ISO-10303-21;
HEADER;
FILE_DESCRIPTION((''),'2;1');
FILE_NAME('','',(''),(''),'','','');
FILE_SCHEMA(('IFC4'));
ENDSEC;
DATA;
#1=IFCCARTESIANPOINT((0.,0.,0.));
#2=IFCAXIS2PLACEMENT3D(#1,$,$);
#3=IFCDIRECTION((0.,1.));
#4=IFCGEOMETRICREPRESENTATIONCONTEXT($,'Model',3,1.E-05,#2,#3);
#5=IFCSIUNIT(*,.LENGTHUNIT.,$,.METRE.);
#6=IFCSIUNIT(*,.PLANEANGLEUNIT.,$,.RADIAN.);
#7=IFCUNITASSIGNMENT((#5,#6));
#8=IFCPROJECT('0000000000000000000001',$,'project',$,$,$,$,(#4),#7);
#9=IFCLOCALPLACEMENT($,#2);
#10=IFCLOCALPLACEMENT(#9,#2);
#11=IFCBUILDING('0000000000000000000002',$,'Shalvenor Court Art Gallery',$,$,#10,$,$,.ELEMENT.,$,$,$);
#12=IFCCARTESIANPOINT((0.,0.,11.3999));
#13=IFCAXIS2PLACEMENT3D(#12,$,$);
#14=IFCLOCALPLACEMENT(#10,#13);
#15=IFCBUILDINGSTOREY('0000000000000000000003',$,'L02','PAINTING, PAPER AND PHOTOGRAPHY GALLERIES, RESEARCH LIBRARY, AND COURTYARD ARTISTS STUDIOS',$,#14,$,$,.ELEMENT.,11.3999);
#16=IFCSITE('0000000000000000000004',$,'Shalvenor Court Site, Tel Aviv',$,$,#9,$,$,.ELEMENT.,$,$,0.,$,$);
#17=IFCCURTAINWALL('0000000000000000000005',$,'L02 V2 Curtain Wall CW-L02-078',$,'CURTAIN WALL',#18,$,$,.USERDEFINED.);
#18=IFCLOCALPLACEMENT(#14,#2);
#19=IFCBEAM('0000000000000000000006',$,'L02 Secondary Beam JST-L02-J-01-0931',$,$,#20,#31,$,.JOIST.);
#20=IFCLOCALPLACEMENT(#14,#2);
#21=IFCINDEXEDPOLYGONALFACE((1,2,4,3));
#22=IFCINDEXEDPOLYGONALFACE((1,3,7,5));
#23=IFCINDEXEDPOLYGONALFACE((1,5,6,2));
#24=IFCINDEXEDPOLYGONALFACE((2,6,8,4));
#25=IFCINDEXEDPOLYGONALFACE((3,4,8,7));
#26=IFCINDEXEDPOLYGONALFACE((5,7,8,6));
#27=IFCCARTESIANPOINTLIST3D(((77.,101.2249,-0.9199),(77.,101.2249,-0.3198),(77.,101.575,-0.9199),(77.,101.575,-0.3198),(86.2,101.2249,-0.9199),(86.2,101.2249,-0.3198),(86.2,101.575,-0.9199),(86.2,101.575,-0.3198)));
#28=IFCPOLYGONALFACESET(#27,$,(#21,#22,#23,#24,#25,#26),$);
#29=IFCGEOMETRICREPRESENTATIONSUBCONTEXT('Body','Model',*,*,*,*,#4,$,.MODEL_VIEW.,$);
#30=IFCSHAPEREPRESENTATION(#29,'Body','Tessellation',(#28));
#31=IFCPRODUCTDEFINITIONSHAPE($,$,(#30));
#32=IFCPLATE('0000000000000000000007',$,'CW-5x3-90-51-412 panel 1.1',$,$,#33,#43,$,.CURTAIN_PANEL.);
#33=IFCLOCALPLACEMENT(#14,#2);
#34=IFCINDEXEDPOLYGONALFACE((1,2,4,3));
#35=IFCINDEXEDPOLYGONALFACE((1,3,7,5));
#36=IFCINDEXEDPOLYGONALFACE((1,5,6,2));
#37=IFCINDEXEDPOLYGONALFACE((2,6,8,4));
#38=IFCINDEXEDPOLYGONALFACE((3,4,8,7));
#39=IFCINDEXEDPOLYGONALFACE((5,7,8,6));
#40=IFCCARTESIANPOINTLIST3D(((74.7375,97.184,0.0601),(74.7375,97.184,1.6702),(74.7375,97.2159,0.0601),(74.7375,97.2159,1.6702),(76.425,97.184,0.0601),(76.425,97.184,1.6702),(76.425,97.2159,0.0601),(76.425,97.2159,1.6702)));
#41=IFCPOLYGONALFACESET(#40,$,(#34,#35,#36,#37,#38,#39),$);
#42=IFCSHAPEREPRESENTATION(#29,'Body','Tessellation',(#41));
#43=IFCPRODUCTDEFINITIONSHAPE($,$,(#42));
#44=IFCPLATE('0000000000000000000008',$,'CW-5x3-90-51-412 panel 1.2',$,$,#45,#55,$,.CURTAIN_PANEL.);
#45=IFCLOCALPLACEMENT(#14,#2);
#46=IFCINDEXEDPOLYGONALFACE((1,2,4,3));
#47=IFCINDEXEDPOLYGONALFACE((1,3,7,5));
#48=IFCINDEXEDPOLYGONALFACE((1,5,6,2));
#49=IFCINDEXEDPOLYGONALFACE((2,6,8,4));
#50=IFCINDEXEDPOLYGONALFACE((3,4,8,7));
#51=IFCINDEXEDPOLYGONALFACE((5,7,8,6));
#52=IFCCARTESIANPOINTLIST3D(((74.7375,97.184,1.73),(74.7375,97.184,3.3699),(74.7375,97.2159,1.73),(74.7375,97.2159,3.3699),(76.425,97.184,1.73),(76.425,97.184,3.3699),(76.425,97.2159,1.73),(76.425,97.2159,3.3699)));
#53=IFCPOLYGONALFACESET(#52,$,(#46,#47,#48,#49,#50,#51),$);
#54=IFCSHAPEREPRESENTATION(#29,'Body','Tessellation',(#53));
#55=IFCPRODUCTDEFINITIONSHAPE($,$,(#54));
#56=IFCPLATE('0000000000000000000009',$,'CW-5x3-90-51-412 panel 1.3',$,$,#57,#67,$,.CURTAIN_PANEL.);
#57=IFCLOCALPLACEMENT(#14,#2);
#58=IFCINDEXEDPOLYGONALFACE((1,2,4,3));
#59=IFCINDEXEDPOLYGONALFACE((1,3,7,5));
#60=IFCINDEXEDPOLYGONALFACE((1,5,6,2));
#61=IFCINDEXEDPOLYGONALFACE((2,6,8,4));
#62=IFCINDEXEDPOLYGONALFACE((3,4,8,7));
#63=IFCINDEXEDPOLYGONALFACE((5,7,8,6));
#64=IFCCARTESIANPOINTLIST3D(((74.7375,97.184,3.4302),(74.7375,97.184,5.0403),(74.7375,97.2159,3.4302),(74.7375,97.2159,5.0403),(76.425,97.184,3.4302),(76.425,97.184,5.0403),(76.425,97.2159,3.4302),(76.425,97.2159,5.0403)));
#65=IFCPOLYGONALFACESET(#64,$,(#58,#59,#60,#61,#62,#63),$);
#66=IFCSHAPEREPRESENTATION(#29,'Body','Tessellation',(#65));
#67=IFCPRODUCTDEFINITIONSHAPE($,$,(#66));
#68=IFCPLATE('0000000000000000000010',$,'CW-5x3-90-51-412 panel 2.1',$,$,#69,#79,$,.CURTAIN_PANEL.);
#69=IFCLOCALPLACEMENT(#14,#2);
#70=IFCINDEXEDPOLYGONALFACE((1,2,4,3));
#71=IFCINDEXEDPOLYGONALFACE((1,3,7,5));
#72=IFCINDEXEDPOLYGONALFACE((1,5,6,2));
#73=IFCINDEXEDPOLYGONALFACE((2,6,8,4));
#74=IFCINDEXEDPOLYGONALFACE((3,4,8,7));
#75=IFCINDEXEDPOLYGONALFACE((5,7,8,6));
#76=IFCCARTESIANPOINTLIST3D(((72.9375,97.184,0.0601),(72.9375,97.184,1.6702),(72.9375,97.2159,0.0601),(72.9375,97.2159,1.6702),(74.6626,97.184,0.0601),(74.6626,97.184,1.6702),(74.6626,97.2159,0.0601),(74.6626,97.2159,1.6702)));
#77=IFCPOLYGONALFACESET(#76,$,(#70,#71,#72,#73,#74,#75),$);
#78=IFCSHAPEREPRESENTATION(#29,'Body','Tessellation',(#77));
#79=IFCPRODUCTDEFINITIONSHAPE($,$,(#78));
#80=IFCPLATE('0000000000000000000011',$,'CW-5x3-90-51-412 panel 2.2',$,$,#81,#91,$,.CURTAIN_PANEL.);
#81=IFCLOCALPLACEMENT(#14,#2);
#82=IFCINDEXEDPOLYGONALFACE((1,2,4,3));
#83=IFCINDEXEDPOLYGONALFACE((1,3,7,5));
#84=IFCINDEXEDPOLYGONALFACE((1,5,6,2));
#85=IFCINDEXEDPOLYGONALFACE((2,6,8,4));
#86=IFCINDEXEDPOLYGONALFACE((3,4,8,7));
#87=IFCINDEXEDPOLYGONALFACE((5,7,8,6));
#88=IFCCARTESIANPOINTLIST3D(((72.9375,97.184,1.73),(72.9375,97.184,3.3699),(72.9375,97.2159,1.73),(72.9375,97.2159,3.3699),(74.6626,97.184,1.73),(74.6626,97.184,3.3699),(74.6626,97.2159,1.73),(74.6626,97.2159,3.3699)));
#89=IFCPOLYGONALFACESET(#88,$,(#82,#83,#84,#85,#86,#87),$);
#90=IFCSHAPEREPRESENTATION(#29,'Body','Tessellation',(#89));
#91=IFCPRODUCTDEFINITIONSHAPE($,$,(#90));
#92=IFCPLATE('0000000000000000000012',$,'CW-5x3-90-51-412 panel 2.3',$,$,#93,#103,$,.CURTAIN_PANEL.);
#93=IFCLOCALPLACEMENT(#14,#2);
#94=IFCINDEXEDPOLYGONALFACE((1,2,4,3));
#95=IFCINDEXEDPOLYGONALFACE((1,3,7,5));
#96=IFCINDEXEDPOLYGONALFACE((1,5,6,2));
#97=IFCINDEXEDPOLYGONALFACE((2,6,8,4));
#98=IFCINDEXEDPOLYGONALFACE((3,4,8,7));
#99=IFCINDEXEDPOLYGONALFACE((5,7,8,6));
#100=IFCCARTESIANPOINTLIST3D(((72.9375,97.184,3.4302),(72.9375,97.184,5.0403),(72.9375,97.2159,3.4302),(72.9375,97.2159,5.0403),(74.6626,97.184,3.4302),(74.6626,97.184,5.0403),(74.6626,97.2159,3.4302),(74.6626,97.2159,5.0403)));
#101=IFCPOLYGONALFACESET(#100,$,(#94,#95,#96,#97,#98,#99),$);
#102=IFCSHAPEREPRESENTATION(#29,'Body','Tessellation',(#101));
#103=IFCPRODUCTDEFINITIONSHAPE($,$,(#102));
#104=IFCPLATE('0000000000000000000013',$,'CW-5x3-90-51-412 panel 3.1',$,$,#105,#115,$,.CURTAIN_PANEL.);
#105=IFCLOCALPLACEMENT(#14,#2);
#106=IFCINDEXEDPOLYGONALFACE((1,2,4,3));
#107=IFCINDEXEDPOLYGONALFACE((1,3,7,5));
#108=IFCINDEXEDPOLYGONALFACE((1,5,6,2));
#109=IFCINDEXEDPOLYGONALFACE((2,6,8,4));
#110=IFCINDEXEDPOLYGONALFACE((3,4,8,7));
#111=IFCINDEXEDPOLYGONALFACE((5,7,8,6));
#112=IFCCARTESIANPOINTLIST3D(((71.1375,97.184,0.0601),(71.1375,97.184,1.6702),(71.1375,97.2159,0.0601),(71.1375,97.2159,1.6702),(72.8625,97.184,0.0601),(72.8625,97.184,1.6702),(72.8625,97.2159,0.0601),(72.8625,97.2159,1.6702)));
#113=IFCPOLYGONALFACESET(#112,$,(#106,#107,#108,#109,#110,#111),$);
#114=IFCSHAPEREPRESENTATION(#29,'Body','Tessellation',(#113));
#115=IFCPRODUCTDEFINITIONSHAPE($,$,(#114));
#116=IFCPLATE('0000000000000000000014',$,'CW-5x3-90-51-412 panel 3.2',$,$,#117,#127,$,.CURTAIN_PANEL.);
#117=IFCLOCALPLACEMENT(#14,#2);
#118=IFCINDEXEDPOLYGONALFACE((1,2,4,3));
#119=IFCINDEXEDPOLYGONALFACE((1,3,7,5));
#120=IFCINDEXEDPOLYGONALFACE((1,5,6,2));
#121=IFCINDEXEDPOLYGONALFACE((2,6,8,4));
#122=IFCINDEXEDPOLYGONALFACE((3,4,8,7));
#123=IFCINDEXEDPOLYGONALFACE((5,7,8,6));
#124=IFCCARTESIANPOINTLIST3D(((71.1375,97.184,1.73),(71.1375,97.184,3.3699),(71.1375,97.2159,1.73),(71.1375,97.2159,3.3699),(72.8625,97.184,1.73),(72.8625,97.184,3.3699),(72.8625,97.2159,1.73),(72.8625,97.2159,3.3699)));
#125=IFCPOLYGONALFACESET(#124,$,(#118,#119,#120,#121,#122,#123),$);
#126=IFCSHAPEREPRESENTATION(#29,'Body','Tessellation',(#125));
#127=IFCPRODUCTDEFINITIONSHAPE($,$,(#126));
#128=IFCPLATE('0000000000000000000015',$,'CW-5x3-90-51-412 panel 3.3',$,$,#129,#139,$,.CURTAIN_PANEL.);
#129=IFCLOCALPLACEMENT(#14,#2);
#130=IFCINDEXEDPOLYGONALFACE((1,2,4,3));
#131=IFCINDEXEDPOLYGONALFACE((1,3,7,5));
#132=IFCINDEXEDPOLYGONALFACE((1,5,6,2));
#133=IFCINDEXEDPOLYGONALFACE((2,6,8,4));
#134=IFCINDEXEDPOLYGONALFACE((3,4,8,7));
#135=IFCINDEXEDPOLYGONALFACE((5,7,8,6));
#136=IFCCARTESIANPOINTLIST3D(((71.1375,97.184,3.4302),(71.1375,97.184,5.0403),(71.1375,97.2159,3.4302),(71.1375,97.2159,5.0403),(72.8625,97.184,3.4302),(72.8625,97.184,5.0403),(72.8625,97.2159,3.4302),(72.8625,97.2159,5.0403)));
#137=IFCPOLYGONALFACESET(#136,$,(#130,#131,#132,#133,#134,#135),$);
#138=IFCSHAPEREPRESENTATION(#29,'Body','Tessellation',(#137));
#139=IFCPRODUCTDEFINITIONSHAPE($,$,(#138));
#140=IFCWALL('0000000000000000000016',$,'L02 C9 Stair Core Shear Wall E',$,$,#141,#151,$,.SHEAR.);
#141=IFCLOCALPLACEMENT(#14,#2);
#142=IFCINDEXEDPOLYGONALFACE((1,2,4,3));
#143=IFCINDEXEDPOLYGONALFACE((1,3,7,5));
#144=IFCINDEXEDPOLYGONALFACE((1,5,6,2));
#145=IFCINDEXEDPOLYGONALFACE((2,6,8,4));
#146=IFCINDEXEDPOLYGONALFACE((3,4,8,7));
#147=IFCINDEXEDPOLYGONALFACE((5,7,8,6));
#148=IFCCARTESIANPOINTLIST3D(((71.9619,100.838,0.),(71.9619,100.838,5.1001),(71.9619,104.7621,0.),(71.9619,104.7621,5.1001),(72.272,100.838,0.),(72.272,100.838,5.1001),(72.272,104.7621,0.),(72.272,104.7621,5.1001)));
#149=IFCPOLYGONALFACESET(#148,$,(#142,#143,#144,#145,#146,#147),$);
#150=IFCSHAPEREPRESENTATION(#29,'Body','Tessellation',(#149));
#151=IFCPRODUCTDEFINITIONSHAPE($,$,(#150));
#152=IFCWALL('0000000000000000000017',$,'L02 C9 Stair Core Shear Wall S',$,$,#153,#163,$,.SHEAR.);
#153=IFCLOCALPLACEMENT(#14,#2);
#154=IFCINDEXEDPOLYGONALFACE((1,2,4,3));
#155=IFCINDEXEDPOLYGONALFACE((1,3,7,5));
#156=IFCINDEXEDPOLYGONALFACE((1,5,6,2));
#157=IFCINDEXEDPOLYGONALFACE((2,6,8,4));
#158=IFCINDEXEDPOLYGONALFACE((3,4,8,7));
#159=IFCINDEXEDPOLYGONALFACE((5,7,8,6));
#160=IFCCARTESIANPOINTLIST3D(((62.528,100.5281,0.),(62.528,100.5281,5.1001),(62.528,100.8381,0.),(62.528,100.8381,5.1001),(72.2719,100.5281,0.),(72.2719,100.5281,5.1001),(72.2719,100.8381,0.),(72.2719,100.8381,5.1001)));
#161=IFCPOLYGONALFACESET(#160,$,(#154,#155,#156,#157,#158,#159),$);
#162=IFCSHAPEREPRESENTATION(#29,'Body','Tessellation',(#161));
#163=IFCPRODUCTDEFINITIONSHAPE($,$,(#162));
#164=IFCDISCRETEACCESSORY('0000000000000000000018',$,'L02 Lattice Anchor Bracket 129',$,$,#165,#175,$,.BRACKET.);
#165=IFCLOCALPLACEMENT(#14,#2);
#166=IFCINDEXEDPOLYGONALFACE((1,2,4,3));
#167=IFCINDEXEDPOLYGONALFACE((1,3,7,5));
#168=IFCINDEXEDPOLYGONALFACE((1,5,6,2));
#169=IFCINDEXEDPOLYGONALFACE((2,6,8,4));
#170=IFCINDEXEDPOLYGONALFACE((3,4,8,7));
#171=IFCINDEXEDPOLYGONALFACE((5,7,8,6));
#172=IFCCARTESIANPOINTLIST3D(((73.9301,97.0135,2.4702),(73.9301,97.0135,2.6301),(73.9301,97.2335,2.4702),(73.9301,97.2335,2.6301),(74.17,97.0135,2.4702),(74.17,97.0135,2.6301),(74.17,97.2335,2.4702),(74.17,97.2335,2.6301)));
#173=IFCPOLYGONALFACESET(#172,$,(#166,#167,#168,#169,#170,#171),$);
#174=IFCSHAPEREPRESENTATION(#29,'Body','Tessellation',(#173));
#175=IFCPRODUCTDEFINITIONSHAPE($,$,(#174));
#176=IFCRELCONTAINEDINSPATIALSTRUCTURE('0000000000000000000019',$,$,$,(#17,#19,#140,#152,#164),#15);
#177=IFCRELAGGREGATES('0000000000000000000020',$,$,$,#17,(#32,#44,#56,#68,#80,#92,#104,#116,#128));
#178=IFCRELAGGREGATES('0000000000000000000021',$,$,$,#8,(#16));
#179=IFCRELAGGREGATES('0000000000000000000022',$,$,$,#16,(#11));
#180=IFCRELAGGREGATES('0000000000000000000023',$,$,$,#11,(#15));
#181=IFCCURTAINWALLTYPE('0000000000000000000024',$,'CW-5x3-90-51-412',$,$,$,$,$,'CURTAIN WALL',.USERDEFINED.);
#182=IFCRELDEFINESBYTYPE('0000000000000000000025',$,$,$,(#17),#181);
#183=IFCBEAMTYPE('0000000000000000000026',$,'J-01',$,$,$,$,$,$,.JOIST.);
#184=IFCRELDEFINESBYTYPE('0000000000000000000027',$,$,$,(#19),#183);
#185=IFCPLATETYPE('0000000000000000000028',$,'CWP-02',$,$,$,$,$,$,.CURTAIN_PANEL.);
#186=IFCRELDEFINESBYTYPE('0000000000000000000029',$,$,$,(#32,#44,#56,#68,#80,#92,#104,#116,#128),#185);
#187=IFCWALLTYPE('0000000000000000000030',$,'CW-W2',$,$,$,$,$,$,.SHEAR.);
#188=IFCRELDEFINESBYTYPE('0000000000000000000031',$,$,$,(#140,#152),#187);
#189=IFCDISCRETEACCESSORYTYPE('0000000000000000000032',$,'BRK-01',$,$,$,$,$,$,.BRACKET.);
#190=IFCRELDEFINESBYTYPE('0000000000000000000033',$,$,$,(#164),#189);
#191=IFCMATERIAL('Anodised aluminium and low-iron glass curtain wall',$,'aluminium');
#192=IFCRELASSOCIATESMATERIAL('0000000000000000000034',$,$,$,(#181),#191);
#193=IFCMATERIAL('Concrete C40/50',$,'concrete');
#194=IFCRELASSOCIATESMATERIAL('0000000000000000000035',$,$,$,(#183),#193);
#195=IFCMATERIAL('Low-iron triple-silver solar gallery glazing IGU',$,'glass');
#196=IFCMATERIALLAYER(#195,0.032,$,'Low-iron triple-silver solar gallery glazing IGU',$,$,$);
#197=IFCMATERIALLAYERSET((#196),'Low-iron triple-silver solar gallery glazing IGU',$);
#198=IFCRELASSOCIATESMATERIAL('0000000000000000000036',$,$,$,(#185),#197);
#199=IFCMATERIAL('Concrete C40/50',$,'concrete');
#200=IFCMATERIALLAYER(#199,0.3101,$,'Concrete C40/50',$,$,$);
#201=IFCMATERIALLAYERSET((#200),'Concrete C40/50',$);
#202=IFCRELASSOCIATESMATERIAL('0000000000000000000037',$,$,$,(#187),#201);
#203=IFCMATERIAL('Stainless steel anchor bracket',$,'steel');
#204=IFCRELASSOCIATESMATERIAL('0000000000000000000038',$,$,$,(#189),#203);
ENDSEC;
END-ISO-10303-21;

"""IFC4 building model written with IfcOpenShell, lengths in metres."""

from ifc_helpers import new_model, si_unit, direction, frame, frame_2d, origin, origin_2d, place, context, subcontext, project, spatial, rectangle, extrude, material, layer, layer_set, material_profile, profile_set, type_object, element, aggregate, save


model = new_model("IFC4")

# Units and contexts
model_context = context("Model", 3, precision=1e-05, world=origin(), true_north=direction((0.0, 1.0)))
body_context = subcontext(model_context, "Body", "Model", "MODEL_VIEW")
ifc_project = project(units=[si_unit("LENGTHUNIT", "METRE"), si_unit("PLANEANGLEUNIT", "RADIAN")], contexts=[model_context])

# Site, building, storey
site_placement = place(None, origin())
site = spatial("IfcSite", under=ifc_project, at=site_placement, Name="Shalvenor Court Site, Tel Aviv", CompositionType="ELEMENT", RefElevation=0.0)
building_placement = place(site_placement, origin())
building = spatial("IfcBuilding", under=site, at=building_placement, Name="Shalvenor Court Art Gallery", CompositionType="ELEMENT")
storey_placement = place(building_placement, frame((0.0, 0.0, 11.3999)))
storey = spatial("IfcBuildingStorey", under=building, at=storey_placement, Name="L02", Description="PAINTING, PAPER AND PHOTOGRAPHY GALLERIES, RESEARCH LIBRARY, AND COURTYARD ARTISTS STUDIOS", CompositionType="ELEMENT", Elevation=11.3999)

# Curtain wall
ifc_material_1 = material(Name="Anodised aluminium and low-iron glass curtain wall", Category="aluminium")
curtain_wall_type = type_object("IfcCurtainWallType", Name="CW-5x3-90-51-412", ElementType="CURTAIN WALL", PredefinedType="USERDEFINED", material=ifc_material_1)
curtain_wall_placement = place(storey_placement, origin())
curtain_wall = element("IfcCurtainWall", 1, at=curtain_wall_placement, inside=storey, type_object=curtain_wall_type, Name="L02 V2 Curtain Wall CW-L02-078", ObjectType="CURTAIN WALL", PredefinedType="USERDEFINED")

# Beam
ifc_material_2 = material(Name="Concrete C40/50", Category="concrete")
ifc_material_profile_1 = material_profile(ifc_material_2, rectangle(XDim=0.3501, YDim=0.6001, at=origin_2d()), Name="RC 350x600")
ifc_profile_set_1 = profile_set([ifc_material_profile_1], Name="Concrete C40/50")
beam_type_1 = type_object("IfcBeamType", Name="J-01", PredefinedType="JOIST", material=ifc_profile_set_1)
beam_1_placement = place(storey_placement, frame((77.0, 101.3999, -0.6199), z_axis=(1.0, 0.0, 0.0), x_axis=(0.0, 1.0, 0.0)))
element("IfcBeam", 2, at=beam_1_placement, inside=storey, type_object=beam_type_1, Name="L02 Secondary Beam JST-L02-J-01-0931", PredefinedType="JOIST", context=body_context, shape_type="SweptSolid", body=[
    extrude(rectangle(XDim=0.3501, YDim=0.6001, at=origin_2d()), origin(), (0.0, 0.0, 1.0), 9.2),
])

# Plates
ifc_material_3 = material(Name="Low-iron triple-silver solar gallery glazing IGU", Category="glass")
ifc_layer_1 = layer(ifc_material_3, 0.032, Name="Low-iron triple-silver solar gallery glazing IGU")
ifc_layer_set_1 = layer_set([ifc_layer_1], Name="Low-iron triple-silver solar gallery glazing IGU")
plate_type = type_object("IfcPlateType", Name="CWP-02", PredefinedType="CURTAIN_PANEL", material=ifc_layer_set_1)
plate_1_placement = place(storey_placement, frame((75.5813, 97.2, 0.0601), z_axis=(0.0, 0.0, 1.0), x_axis=(-1.0, 0.0, 0.0)))
plate_1 = element("IfcPlate", 3, at=plate_1_placement, type_object=plate_type, Name="CW-5x3-90-51-412 panel 1.1", PredefinedType="CURTAIN_PANEL", context=body_context, shape_type="SweptSolid", body=[
    extrude(rectangle(XDim=1.6875, YDim=0.032, at=origin_2d()), origin(), (0.0, 0.0, 1.0), 1.6101),
])
plate_2_placement = place(storey_placement, frame((75.5813, 97.2, 1.73), z_axis=(0.0, 0.0, 1.0), x_axis=(-1.0, 0.0, 0.0)))
plate_2 = element("IfcPlate", 4, at=plate_2_placement, type_object=plate_type, Name="CW-5x3-90-51-412 panel 1.2", PredefinedType="CURTAIN_PANEL", context=body_context, shape_type="SweptSolid", body=[
    extrude(rectangle(XDim=1.6875, YDim=0.032, at=origin_2d()), origin(), (0.0, 0.0, 1.0), 1.6399),
])
plate_3_placement = place(storey_placement, frame((75.5813, 97.2, 3.4302), z_axis=(0.0, 0.0, 1.0), x_axis=(-1.0, 0.0, 0.0)))
plate_3 = element("IfcPlate", 5, at=plate_3_placement, type_object=plate_type, Name="CW-5x3-90-51-412 panel 1.3", PredefinedType="CURTAIN_PANEL", context=body_context, shape_type="SweptSolid", body=[
    extrude(rectangle(XDim=1.6875, YDim=0.032, at=origin_2d()), origin(), (0.0, 0.0, 1.0), 1.6101),
])
plate_4_placement = place(storey_placement, frame((73.8, 97.2, 0.0601), z_axis=(0.0, 0.0, 1.0), x_axis=(-1.0, 0.0, 0.0)))
plate_4 = element("IfcPlate", 6, at=plate_4_placement, type_object=plate_type, Name="CW-5x3-90-51-412 panel 2.1", PredefinedType="CURTAIN_PANEL", context=body_context, shape_type="SweptSolid", body=[
    extrude(rectangle(XDim=1.7251, YDim=0.032, at=origin_2d()), origin(), (0.0, 0.0, 1.0), 1.6101),
])
plate_5_placement = place(storey_placement, frame((73.8, 97.2, 1.73), z_axis=(0.0, 0.0, 1.0), x_axis=(-1.0, 0.0, 0.0)))
plate_5 = element("IfcPlate", 7, at=plate_5_placement, type_object=plate_type, Name="CW-5x3-90-51-412 panel 2.2", PredefinedType="CURTAIN_PANEL", context=body_context, shape_type="SweptSolid", body=[
    extrude(rectangle(XDim=1.7251, YDim=0.032, at=origin_2d()), origin(), (0.0, 0.0, 1.0), 1.6399),
])
plate_6_placement = place(storey_placement, frame((73.8, 97.2, 3.4302), z_axis=(0.0, 0.0, 1.0), x_axis=(-1.0, 0.0, 0.0)))
plate_6 = element("IfcPlate", 8, at=plate_6_placement, type_object=plate_type, Name="CW-5x3-90-51-412 panel 2.3", PredefinedType="CURTAIN_PANEL", context=body_context, shape_type="SweptSolid", body=[
    extrude(rectangle(XDim=1.7251, YDim=0.032, at=origin_2d()), origin(), (0.0, 0.0, 1.0), 1.6101),
])
plate_7_placement = place(storey_placement, frame((72.0, 97.2, 0.0601), z_axis=(0.0, 0.0, 1.0), x_axis=(-1.0, 0.0, 0.0)))
plate_7 = element("IfcPlate", 9, at=plate_7_placement, type_object=plate_type, Name="CW-5x3-90-51-412 panel 3.1", PredefinedType="CURTAIN_PANEL", context=body_context, shape_type="SweptSolid", body=[
    extrude(rectangle(XDim=1.7251, YDim=0.032, at=origin_2d()), origin(), (0.0, 0.0, 1.0), 1.6101),
])
plate_8_placement = place(storey_placement, frame((72.0, 97.2, 1.73), z_axis=(0.0, 0.0, 1.0), x_axis=(-1.0, 0.0, 0.0)))
plate_8 = element("IfcPlate", 10, at=plate_8_placement, type_object=plate_type, Name="CW-5x3-90-51-412 panel 3.2", PredefinedType="CURTAIN_PANEL", context=body_context, shape_type="SweptSolid", body=[
    extrude(rectangle(XDim=1.7251, YDim=0.032, at=origin_2d()), origin(), (0.0, 0.0, 1.0), 1.6399),
])
plate_9_placement = place(storey_placement, frame((72.0, 97.2, 3.4302), z_axis=(0.0, 0.0, 1.0), x_axis=(-1.0, 0.0, 0.0)))
plate_9 = element("IfcPlate", 11, at=plate_9_placement, type_object=plate_type, Name="CW-5x3-90-51-412 panel 3.3", PredefinedType="CURTAIN_PANEL", context=body_context, shape_type="SweptSolid", body=[
    extrude(rectangle(XDim=1.7251, YDim=0.032, at=origin_2d()), origin(), (0.0, 0.0, 1.0), 1.6101),
])
aggregate(curtain_wall, [plate_1, plate_2, plate_3, plate_4, plate_5, plate_6, plate_7, plate_8, plate_9])

# Walls
ifc_material_4 = material(Name="Concrete C40/50", Category="concrete")
ifc_layer_2 = layer(ifc_material_4, 0.3101, Name="Concrete C40/50")
ifc_layer_set_2 = layer_set([ifc_layer_2], Name="Concrete C40/50")
wall_type = type_object("IfcWallType", Name="CW-W2", PredefinedType="SHEAR", material=ifc_layer_set_2)
wall_1_placement = place(storey_placement, frame((72.1169, 104.762, 0.0), z_axis=(0.0, 0.0, 1.0), x_axis=(0.0, -1.0, 0.0)))
element("IfcWall", 12, at=wall_1_placement, inside=storey, type_object=wall_type, Name="L02 C9 Stair Core Shear Wall E", PredefinedType="SHEAR", context=body_context, shape_type="SweptSolid", body=[
    extrude(rectangle(XDim=3.9241, YDim=0.3101, at=frame_2d((1.9619, 0.0))), origin(), (0.0, 0.0, 1.0), 5.1001),
])
wall_2_placement = place(storey_placement, frame((72.272, 100.6831, 0.0), z_axis=(0.0, 0.0, 1.0), x_axis=(-1.0, 0.0, 0.0)))
element("IfcWall", 13, at=wall_2_placement, inside=storey, type_object=wall_type, Name="L02 C9 Stair Core Shear Wall S", PredefinedType="SHEAR", context=body_context, shape_type="SweptSolid", body=[
    extrude(rectangle(XDim=9.7439, YDim=0.3101, at=frame_2d((4.8721, 0.0))), origin(), (0.0, 0.0, 1.0), 5.1001),
])

# Discrete accessory
ifc_material_5 = material(Name="Stainless steel anchor bracket", Category="steel")
discrete_accessory_type = type_object("IfcDiscreteAccessoryType", Name="BRK-01", PredefinedType="BRACKET", material=ifc_material_5)
discrete_accessory_placement = place(storey_placement, frame((74.05, 97.1235, 2.4702), z_axis=(0.0, 0.0, 1.0), x_axis=(-1.0, 0.0, 0.0)))
element("IfcDiscreteAccessory", 14, at=discrete_accessory_placement, inside=storey, type_object=discrete_accessory_type, Name="L02 Lattice Anchor Bracket 129", PredefinedType="BRACKET", context=body_context, shape_type="SweptSolid", body=[
    extrude(rectangle(XDim=0.24, YDim=0.22, at=origin_2d()), origin(), (0.0, 0.0, 1.0), 0.1599),
])

save(model, "model.ifc")
